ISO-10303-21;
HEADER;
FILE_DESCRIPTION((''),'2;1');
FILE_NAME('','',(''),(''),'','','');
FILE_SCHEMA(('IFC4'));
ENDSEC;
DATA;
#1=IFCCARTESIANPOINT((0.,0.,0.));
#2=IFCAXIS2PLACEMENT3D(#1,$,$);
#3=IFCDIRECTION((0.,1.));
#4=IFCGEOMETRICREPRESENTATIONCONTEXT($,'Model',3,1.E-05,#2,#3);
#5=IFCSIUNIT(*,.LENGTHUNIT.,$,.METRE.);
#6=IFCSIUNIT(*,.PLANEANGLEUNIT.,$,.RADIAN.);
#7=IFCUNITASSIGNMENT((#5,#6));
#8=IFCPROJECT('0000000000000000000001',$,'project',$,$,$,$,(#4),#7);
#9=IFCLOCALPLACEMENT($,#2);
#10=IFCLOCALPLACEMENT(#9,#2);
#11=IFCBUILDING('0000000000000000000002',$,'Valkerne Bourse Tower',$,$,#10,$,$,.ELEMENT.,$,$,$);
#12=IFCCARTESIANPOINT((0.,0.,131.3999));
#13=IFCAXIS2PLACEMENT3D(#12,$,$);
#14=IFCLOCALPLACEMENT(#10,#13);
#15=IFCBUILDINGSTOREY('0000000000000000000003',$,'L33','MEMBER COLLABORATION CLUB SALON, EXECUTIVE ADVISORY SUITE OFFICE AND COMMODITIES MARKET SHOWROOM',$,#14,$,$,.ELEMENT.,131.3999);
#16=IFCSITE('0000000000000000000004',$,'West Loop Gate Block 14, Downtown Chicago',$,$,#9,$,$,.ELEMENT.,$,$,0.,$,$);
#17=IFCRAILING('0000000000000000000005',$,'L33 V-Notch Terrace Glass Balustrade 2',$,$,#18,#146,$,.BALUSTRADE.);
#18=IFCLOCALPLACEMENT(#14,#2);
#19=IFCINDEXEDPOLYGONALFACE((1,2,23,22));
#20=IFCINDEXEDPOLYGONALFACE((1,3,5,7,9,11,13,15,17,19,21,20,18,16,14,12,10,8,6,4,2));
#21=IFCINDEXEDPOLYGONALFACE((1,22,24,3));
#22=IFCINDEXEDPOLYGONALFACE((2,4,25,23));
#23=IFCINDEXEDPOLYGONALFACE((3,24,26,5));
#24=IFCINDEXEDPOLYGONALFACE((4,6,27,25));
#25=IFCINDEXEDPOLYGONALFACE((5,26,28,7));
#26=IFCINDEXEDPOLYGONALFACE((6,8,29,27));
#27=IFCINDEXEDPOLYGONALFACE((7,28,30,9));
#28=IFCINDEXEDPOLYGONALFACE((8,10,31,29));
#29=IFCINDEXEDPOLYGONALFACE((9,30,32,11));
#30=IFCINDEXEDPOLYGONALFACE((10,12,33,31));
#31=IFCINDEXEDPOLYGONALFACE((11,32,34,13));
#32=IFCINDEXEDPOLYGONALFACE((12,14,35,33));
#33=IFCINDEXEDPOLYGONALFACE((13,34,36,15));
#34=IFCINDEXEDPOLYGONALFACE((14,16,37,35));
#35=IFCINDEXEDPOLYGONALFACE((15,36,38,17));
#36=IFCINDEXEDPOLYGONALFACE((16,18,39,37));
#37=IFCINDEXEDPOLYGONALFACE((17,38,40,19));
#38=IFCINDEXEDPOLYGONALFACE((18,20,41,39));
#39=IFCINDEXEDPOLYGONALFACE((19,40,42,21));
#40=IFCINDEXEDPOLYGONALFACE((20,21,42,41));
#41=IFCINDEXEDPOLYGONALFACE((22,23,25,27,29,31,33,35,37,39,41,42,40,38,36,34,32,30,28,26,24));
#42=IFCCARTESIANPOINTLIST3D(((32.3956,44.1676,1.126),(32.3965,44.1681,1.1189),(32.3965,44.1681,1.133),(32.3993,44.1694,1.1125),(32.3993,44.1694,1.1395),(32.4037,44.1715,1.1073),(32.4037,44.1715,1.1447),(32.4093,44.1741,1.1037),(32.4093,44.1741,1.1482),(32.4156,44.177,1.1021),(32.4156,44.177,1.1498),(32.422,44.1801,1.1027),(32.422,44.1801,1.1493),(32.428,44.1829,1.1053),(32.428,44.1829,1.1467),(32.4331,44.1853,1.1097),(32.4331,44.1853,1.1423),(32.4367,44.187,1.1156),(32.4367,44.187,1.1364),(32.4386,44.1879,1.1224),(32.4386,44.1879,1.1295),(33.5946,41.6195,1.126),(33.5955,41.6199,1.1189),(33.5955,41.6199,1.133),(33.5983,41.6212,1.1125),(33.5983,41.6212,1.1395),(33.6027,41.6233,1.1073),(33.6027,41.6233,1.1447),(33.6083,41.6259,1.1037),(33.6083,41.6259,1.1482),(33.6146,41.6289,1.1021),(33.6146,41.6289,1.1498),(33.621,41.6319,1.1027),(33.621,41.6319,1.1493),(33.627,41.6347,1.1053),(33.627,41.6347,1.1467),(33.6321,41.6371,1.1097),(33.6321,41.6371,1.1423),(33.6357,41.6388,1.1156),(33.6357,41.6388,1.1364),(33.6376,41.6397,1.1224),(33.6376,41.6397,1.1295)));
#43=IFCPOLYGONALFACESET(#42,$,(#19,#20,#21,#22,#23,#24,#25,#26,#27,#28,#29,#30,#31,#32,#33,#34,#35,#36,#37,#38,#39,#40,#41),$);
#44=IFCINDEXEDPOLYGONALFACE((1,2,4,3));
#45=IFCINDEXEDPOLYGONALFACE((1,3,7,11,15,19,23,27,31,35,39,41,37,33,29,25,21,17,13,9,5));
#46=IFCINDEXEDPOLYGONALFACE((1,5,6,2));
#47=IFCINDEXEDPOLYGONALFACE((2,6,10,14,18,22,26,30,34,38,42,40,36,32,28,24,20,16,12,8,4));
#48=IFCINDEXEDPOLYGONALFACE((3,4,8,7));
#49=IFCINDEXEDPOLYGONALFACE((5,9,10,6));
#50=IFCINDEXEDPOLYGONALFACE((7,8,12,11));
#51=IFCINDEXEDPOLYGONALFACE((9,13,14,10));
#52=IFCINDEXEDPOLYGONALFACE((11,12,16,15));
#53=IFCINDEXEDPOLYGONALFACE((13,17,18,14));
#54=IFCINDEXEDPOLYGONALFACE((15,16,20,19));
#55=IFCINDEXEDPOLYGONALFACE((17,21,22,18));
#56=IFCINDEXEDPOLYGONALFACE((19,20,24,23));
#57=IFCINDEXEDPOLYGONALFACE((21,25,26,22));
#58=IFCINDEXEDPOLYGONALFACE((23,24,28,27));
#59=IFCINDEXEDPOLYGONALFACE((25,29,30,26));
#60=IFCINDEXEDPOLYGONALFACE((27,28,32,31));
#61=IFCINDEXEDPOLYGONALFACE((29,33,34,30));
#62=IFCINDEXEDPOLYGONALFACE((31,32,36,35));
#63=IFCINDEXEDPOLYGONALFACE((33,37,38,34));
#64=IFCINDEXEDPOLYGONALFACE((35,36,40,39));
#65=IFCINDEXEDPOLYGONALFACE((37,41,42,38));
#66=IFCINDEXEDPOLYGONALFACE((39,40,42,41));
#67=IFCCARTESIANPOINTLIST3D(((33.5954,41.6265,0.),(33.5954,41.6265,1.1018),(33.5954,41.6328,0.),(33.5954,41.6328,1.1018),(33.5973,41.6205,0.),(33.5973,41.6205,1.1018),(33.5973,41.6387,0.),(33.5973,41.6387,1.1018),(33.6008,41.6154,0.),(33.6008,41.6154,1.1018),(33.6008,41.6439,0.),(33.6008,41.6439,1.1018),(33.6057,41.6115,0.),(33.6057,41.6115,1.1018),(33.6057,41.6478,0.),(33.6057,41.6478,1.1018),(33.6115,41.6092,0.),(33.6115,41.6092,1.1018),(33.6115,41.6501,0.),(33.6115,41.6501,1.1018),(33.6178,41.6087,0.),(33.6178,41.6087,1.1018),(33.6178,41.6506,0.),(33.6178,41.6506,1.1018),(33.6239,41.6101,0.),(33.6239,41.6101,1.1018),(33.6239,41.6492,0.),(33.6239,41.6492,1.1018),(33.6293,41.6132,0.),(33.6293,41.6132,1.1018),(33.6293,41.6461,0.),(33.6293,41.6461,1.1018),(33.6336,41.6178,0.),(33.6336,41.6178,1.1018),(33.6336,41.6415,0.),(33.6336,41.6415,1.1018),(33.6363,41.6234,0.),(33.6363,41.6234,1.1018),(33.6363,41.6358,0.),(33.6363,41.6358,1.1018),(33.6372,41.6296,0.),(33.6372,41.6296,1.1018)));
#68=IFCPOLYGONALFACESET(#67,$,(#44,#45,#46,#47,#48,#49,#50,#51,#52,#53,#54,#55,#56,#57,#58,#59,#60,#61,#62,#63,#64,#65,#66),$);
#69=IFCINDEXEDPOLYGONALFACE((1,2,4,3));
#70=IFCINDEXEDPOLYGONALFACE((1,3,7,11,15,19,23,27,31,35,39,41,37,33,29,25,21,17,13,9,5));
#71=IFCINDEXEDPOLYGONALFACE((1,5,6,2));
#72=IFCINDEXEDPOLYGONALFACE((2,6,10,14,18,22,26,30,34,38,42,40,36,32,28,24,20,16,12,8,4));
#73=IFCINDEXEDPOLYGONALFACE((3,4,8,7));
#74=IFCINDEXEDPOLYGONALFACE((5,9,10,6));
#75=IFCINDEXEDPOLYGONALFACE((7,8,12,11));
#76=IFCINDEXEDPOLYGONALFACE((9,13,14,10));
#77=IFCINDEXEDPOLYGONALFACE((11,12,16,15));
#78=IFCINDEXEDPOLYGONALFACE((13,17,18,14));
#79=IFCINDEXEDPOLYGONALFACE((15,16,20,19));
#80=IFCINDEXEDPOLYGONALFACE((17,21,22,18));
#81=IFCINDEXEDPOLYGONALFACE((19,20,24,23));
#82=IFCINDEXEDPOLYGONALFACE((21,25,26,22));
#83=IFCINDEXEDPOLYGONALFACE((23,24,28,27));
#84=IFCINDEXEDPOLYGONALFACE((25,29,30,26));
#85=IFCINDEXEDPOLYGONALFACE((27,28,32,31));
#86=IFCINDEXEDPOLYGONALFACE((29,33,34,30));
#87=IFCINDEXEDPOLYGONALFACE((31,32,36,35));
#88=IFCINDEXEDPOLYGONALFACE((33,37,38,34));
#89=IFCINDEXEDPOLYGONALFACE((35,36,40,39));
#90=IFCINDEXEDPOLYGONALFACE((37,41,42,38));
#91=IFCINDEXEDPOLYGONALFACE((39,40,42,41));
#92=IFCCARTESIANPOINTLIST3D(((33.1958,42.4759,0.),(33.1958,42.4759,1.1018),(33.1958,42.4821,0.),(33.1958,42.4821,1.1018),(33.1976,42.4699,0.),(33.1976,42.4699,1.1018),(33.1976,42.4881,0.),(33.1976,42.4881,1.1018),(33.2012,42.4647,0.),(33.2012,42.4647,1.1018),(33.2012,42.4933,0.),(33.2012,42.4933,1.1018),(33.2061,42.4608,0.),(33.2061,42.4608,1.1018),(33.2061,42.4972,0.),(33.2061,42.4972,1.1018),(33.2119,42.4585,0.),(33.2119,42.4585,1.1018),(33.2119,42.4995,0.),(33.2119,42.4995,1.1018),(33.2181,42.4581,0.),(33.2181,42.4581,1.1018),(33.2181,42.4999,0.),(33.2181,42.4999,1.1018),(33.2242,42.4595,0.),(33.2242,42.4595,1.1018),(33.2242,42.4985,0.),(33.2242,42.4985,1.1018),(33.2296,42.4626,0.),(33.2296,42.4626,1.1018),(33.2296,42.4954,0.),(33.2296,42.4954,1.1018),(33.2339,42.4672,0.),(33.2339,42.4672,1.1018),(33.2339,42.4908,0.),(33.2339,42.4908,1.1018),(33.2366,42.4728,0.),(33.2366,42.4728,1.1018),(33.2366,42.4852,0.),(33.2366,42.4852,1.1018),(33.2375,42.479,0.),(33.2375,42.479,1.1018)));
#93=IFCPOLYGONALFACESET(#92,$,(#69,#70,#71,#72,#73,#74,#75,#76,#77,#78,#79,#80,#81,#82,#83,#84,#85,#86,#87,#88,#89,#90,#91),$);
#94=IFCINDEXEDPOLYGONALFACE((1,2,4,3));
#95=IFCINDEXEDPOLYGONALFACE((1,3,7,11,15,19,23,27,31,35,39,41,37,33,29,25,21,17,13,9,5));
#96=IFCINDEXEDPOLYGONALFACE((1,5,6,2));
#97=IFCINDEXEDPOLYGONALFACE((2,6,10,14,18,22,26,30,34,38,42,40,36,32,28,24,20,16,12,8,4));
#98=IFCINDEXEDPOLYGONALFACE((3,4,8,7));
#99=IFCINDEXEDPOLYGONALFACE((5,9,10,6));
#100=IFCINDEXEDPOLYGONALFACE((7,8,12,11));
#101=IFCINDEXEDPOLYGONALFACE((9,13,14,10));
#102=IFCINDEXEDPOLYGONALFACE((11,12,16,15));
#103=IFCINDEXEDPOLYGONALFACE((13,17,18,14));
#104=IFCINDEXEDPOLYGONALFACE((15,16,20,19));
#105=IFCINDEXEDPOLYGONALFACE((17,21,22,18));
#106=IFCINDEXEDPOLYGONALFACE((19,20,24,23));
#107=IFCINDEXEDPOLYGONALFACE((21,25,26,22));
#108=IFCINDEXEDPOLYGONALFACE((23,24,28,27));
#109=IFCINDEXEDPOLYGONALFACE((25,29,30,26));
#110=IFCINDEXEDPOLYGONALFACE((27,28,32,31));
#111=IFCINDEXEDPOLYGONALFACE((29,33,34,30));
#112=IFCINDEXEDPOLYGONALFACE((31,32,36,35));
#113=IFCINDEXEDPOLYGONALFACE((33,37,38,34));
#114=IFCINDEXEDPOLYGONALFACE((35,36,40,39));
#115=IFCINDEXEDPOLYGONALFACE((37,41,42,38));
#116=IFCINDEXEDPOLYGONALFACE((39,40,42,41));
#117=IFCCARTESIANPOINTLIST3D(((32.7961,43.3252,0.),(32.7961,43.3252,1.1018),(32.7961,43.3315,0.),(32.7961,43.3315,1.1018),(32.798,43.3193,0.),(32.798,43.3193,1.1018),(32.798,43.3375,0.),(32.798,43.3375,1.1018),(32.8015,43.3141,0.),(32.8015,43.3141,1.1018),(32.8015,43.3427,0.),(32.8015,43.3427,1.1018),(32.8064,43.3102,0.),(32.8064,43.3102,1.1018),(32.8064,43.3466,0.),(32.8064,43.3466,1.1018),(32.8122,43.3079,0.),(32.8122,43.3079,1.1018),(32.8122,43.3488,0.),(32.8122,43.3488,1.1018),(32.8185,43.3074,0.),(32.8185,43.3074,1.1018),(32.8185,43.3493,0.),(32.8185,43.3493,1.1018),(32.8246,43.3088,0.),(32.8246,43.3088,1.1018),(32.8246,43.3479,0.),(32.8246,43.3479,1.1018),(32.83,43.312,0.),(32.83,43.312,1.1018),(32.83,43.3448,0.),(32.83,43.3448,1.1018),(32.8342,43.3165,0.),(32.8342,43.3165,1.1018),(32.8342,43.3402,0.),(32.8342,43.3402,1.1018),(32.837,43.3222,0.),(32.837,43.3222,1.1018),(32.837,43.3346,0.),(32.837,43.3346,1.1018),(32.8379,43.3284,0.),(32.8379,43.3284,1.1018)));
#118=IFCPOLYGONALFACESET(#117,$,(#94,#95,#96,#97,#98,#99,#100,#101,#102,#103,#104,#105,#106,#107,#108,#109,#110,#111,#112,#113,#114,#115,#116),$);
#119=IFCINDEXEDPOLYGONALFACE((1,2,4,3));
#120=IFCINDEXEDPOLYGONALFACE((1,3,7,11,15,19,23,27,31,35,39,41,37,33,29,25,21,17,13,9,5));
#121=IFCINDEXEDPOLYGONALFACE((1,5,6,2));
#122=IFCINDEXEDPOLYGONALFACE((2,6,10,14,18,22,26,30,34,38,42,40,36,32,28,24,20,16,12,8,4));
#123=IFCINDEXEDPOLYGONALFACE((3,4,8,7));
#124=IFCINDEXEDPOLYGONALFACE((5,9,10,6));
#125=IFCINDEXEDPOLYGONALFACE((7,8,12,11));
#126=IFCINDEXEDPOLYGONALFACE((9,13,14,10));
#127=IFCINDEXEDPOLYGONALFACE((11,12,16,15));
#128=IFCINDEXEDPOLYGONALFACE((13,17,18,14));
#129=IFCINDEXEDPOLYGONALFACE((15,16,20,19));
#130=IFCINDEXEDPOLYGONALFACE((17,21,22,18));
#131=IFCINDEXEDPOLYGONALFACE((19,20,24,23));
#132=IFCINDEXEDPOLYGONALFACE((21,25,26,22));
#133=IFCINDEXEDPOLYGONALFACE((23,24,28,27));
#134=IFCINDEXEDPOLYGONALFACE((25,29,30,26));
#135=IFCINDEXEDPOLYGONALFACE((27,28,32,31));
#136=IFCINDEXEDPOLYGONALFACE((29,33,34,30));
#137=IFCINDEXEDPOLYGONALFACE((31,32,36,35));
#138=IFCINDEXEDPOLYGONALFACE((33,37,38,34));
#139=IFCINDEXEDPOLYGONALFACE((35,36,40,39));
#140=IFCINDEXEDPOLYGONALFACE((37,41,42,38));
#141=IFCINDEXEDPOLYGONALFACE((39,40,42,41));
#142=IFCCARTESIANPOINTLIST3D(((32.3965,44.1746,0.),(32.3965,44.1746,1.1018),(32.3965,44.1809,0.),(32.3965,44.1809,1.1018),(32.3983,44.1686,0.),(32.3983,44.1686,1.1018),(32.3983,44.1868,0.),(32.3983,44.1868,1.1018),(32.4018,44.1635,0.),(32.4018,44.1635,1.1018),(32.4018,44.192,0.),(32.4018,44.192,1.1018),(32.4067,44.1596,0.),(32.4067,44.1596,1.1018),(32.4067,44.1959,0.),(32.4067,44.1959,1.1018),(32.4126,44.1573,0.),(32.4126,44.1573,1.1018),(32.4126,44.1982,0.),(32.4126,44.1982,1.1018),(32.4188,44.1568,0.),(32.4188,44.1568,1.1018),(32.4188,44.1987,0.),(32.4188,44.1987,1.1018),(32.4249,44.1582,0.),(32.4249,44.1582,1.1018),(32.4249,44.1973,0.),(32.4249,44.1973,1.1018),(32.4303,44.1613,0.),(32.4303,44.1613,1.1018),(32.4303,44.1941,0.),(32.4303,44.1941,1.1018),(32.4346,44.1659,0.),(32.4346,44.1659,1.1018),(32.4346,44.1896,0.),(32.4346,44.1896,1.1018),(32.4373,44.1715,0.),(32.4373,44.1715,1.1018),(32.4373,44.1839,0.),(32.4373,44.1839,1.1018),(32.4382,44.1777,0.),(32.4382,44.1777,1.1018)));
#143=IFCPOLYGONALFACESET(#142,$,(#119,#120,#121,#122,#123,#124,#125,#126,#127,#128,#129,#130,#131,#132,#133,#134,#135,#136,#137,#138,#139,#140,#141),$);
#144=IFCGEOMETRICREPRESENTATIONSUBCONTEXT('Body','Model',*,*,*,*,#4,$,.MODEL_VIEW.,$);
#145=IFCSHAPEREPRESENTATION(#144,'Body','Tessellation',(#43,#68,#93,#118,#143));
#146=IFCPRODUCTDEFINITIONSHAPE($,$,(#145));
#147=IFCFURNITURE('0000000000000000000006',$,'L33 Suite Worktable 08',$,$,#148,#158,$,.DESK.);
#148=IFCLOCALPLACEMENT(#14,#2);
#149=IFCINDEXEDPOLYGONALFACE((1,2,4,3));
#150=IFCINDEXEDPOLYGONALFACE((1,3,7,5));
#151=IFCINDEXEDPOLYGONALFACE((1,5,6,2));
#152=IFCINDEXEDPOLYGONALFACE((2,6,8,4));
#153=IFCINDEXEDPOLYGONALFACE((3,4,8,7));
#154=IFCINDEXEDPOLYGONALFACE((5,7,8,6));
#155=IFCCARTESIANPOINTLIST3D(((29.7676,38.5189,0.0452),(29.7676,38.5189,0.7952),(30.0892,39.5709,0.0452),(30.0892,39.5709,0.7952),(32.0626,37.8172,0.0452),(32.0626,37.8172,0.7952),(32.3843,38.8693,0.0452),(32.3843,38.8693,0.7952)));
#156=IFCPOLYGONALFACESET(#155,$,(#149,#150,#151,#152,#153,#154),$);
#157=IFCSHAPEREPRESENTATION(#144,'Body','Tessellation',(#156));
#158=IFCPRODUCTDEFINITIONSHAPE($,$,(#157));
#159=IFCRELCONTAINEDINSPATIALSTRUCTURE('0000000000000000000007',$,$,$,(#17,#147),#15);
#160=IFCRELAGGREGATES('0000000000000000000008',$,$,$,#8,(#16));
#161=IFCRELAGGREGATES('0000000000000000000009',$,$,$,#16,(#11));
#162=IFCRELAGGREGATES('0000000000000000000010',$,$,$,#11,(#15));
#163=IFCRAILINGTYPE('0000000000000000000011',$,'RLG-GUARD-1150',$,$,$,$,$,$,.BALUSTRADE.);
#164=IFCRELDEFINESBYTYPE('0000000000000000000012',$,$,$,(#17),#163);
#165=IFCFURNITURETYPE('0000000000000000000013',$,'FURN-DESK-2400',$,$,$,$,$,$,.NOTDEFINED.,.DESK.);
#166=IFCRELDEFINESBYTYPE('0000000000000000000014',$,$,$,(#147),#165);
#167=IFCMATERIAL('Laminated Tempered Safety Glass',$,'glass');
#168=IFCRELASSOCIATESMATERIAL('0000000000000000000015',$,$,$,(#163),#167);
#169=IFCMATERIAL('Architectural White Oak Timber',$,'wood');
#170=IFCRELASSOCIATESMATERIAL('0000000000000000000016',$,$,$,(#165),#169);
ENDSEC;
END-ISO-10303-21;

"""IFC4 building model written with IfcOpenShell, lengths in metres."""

from ifc_helpers import new_model, si_unit, direction, frame, origin, origin_2d, place, context, subcontext, project, spatial, rectangle, circle, extrude, material, type_object, element, save


model = new_model("IFC4")

# Units and contexts
model_context = context("Model", 3, precision=1e-05, world=origin(), true_north=direction((0.0, 1.0)))
body_context = subcontext(model_context, "Body", "Model", "MODEL_VIEW")
ifc_project = project(units=[si_unit("LENGTHUNIT", "METRE"), si_unit("PLANEANGLEUNIT", "RADIAN")], contexts=[model_context])

# Site, building, storey
site_placement = place(None, origin())
site = spatial("IfcSite", under=ifc_project, at=site_placement, Name="West Loop Gate Block 14, Downtown Chicago", CompositionType="ELEMENT", RefElevation=0.0)
building_placement = place(site_placement, origin())
building = spatial("IfcBuilding", under=site, at=building_placement, Name="Valkerne Bourse Tower", CompositionType="ELEMENT")
storey_placement = place(building_placement, frame((0.0, 0.0, 131.3999)))
storey = spatial("IfcBuildingStorey", under=building, at=storey_placement, Name="L33", Description="MEMBER COLLABORATION CLUB SALON, EXECUTIVE ADVISORY SUITE OFFICE AND COMMODITIES MARKET SHOWROOM", CompositionType="ELEMENT", Elevation=131.3999)

# Railing
ifc_material_1 = material(Name="Laminated Tempered Safety Glass", Category="glass")
railing_type = type_object("IfcRailingType", Name="RLG-GUARD-1150", PredefinedType="BALUSTRADE", material=ifc_material_1)
railing_1_placement = place(storey_placement, frame((33.6162, 41.6296, 0.0)))
element("IfcRailing", 1, at=railing_1_placement, inside=storey, type_object=railing_type, Name="L33 V-Notch Terrace Glass Balustrade 2", PredefinedType="BALUSTRADE", context=body_context, shape_type="SweptSolid", body=[
    extrude(circle(Radius=0.0239, at=origin_2d()), frame((0.0, 0.0, 1.126), z_axis=(-0.425759, 0.904836, 0.0), x_axis=(-0.904836, -0.425759, 0.0)), (0.0, 0.0, 1.0), 2.8162),
    extrude(circle(Radius=0.021, at=origin_2d()), origin(), (0.0, 0.0, 1.0), 1.1018),
    extrude(circle(Radius=0.021, at=origin_2d()), frame((-0.3997, 0.8494, 0.0)), (0.0, 0.0, 1.0), 1.1018),
    extrude(circle(Radius=0.021, at=origin_2d()), frame((-0.7993, 1.6987, 0.0)), (0.0, 0.0, 1.0), 1.1018),
    extrude(circle(Radius=0.021, at=origin_2d()), frame((-1.199, 2.5481, 0.0)), (0.0, 0.0, 1.0), 1.1018),
])

# Furniture
ifc_material_2 = material(Name="Architectural White Oak Timber", Category="wood")
furniture_type = type_object("IfcFurnitureType", Name="FURN-DESK-2400", AssemblyPlace="NOTDEFINED", PredefinedType="DESK", material=ifc_material_2)
furniture_placement = place(storey_placement, frame((31.0759, 38.6941, 0.0452), z_axis=(0.0, 0.0, 1.0), x_axis=(-0.956305, 0.292372, 0.0)))
element("IfcFurniture", 2, at=furniture_placement, inside=storey, type_object=furniture_type, Name="L33 Suite Worktable 08", PredefinedType="DESK", context=body_context, shape_type="SweptSolid", body=[
    extrude(rectangle(XDim=2.3999, YDim=1.1001, at=origin_2d()), origin(), (0.0, 0.0, 1.0), 0.75),
])

save(model, "model.ifc")
